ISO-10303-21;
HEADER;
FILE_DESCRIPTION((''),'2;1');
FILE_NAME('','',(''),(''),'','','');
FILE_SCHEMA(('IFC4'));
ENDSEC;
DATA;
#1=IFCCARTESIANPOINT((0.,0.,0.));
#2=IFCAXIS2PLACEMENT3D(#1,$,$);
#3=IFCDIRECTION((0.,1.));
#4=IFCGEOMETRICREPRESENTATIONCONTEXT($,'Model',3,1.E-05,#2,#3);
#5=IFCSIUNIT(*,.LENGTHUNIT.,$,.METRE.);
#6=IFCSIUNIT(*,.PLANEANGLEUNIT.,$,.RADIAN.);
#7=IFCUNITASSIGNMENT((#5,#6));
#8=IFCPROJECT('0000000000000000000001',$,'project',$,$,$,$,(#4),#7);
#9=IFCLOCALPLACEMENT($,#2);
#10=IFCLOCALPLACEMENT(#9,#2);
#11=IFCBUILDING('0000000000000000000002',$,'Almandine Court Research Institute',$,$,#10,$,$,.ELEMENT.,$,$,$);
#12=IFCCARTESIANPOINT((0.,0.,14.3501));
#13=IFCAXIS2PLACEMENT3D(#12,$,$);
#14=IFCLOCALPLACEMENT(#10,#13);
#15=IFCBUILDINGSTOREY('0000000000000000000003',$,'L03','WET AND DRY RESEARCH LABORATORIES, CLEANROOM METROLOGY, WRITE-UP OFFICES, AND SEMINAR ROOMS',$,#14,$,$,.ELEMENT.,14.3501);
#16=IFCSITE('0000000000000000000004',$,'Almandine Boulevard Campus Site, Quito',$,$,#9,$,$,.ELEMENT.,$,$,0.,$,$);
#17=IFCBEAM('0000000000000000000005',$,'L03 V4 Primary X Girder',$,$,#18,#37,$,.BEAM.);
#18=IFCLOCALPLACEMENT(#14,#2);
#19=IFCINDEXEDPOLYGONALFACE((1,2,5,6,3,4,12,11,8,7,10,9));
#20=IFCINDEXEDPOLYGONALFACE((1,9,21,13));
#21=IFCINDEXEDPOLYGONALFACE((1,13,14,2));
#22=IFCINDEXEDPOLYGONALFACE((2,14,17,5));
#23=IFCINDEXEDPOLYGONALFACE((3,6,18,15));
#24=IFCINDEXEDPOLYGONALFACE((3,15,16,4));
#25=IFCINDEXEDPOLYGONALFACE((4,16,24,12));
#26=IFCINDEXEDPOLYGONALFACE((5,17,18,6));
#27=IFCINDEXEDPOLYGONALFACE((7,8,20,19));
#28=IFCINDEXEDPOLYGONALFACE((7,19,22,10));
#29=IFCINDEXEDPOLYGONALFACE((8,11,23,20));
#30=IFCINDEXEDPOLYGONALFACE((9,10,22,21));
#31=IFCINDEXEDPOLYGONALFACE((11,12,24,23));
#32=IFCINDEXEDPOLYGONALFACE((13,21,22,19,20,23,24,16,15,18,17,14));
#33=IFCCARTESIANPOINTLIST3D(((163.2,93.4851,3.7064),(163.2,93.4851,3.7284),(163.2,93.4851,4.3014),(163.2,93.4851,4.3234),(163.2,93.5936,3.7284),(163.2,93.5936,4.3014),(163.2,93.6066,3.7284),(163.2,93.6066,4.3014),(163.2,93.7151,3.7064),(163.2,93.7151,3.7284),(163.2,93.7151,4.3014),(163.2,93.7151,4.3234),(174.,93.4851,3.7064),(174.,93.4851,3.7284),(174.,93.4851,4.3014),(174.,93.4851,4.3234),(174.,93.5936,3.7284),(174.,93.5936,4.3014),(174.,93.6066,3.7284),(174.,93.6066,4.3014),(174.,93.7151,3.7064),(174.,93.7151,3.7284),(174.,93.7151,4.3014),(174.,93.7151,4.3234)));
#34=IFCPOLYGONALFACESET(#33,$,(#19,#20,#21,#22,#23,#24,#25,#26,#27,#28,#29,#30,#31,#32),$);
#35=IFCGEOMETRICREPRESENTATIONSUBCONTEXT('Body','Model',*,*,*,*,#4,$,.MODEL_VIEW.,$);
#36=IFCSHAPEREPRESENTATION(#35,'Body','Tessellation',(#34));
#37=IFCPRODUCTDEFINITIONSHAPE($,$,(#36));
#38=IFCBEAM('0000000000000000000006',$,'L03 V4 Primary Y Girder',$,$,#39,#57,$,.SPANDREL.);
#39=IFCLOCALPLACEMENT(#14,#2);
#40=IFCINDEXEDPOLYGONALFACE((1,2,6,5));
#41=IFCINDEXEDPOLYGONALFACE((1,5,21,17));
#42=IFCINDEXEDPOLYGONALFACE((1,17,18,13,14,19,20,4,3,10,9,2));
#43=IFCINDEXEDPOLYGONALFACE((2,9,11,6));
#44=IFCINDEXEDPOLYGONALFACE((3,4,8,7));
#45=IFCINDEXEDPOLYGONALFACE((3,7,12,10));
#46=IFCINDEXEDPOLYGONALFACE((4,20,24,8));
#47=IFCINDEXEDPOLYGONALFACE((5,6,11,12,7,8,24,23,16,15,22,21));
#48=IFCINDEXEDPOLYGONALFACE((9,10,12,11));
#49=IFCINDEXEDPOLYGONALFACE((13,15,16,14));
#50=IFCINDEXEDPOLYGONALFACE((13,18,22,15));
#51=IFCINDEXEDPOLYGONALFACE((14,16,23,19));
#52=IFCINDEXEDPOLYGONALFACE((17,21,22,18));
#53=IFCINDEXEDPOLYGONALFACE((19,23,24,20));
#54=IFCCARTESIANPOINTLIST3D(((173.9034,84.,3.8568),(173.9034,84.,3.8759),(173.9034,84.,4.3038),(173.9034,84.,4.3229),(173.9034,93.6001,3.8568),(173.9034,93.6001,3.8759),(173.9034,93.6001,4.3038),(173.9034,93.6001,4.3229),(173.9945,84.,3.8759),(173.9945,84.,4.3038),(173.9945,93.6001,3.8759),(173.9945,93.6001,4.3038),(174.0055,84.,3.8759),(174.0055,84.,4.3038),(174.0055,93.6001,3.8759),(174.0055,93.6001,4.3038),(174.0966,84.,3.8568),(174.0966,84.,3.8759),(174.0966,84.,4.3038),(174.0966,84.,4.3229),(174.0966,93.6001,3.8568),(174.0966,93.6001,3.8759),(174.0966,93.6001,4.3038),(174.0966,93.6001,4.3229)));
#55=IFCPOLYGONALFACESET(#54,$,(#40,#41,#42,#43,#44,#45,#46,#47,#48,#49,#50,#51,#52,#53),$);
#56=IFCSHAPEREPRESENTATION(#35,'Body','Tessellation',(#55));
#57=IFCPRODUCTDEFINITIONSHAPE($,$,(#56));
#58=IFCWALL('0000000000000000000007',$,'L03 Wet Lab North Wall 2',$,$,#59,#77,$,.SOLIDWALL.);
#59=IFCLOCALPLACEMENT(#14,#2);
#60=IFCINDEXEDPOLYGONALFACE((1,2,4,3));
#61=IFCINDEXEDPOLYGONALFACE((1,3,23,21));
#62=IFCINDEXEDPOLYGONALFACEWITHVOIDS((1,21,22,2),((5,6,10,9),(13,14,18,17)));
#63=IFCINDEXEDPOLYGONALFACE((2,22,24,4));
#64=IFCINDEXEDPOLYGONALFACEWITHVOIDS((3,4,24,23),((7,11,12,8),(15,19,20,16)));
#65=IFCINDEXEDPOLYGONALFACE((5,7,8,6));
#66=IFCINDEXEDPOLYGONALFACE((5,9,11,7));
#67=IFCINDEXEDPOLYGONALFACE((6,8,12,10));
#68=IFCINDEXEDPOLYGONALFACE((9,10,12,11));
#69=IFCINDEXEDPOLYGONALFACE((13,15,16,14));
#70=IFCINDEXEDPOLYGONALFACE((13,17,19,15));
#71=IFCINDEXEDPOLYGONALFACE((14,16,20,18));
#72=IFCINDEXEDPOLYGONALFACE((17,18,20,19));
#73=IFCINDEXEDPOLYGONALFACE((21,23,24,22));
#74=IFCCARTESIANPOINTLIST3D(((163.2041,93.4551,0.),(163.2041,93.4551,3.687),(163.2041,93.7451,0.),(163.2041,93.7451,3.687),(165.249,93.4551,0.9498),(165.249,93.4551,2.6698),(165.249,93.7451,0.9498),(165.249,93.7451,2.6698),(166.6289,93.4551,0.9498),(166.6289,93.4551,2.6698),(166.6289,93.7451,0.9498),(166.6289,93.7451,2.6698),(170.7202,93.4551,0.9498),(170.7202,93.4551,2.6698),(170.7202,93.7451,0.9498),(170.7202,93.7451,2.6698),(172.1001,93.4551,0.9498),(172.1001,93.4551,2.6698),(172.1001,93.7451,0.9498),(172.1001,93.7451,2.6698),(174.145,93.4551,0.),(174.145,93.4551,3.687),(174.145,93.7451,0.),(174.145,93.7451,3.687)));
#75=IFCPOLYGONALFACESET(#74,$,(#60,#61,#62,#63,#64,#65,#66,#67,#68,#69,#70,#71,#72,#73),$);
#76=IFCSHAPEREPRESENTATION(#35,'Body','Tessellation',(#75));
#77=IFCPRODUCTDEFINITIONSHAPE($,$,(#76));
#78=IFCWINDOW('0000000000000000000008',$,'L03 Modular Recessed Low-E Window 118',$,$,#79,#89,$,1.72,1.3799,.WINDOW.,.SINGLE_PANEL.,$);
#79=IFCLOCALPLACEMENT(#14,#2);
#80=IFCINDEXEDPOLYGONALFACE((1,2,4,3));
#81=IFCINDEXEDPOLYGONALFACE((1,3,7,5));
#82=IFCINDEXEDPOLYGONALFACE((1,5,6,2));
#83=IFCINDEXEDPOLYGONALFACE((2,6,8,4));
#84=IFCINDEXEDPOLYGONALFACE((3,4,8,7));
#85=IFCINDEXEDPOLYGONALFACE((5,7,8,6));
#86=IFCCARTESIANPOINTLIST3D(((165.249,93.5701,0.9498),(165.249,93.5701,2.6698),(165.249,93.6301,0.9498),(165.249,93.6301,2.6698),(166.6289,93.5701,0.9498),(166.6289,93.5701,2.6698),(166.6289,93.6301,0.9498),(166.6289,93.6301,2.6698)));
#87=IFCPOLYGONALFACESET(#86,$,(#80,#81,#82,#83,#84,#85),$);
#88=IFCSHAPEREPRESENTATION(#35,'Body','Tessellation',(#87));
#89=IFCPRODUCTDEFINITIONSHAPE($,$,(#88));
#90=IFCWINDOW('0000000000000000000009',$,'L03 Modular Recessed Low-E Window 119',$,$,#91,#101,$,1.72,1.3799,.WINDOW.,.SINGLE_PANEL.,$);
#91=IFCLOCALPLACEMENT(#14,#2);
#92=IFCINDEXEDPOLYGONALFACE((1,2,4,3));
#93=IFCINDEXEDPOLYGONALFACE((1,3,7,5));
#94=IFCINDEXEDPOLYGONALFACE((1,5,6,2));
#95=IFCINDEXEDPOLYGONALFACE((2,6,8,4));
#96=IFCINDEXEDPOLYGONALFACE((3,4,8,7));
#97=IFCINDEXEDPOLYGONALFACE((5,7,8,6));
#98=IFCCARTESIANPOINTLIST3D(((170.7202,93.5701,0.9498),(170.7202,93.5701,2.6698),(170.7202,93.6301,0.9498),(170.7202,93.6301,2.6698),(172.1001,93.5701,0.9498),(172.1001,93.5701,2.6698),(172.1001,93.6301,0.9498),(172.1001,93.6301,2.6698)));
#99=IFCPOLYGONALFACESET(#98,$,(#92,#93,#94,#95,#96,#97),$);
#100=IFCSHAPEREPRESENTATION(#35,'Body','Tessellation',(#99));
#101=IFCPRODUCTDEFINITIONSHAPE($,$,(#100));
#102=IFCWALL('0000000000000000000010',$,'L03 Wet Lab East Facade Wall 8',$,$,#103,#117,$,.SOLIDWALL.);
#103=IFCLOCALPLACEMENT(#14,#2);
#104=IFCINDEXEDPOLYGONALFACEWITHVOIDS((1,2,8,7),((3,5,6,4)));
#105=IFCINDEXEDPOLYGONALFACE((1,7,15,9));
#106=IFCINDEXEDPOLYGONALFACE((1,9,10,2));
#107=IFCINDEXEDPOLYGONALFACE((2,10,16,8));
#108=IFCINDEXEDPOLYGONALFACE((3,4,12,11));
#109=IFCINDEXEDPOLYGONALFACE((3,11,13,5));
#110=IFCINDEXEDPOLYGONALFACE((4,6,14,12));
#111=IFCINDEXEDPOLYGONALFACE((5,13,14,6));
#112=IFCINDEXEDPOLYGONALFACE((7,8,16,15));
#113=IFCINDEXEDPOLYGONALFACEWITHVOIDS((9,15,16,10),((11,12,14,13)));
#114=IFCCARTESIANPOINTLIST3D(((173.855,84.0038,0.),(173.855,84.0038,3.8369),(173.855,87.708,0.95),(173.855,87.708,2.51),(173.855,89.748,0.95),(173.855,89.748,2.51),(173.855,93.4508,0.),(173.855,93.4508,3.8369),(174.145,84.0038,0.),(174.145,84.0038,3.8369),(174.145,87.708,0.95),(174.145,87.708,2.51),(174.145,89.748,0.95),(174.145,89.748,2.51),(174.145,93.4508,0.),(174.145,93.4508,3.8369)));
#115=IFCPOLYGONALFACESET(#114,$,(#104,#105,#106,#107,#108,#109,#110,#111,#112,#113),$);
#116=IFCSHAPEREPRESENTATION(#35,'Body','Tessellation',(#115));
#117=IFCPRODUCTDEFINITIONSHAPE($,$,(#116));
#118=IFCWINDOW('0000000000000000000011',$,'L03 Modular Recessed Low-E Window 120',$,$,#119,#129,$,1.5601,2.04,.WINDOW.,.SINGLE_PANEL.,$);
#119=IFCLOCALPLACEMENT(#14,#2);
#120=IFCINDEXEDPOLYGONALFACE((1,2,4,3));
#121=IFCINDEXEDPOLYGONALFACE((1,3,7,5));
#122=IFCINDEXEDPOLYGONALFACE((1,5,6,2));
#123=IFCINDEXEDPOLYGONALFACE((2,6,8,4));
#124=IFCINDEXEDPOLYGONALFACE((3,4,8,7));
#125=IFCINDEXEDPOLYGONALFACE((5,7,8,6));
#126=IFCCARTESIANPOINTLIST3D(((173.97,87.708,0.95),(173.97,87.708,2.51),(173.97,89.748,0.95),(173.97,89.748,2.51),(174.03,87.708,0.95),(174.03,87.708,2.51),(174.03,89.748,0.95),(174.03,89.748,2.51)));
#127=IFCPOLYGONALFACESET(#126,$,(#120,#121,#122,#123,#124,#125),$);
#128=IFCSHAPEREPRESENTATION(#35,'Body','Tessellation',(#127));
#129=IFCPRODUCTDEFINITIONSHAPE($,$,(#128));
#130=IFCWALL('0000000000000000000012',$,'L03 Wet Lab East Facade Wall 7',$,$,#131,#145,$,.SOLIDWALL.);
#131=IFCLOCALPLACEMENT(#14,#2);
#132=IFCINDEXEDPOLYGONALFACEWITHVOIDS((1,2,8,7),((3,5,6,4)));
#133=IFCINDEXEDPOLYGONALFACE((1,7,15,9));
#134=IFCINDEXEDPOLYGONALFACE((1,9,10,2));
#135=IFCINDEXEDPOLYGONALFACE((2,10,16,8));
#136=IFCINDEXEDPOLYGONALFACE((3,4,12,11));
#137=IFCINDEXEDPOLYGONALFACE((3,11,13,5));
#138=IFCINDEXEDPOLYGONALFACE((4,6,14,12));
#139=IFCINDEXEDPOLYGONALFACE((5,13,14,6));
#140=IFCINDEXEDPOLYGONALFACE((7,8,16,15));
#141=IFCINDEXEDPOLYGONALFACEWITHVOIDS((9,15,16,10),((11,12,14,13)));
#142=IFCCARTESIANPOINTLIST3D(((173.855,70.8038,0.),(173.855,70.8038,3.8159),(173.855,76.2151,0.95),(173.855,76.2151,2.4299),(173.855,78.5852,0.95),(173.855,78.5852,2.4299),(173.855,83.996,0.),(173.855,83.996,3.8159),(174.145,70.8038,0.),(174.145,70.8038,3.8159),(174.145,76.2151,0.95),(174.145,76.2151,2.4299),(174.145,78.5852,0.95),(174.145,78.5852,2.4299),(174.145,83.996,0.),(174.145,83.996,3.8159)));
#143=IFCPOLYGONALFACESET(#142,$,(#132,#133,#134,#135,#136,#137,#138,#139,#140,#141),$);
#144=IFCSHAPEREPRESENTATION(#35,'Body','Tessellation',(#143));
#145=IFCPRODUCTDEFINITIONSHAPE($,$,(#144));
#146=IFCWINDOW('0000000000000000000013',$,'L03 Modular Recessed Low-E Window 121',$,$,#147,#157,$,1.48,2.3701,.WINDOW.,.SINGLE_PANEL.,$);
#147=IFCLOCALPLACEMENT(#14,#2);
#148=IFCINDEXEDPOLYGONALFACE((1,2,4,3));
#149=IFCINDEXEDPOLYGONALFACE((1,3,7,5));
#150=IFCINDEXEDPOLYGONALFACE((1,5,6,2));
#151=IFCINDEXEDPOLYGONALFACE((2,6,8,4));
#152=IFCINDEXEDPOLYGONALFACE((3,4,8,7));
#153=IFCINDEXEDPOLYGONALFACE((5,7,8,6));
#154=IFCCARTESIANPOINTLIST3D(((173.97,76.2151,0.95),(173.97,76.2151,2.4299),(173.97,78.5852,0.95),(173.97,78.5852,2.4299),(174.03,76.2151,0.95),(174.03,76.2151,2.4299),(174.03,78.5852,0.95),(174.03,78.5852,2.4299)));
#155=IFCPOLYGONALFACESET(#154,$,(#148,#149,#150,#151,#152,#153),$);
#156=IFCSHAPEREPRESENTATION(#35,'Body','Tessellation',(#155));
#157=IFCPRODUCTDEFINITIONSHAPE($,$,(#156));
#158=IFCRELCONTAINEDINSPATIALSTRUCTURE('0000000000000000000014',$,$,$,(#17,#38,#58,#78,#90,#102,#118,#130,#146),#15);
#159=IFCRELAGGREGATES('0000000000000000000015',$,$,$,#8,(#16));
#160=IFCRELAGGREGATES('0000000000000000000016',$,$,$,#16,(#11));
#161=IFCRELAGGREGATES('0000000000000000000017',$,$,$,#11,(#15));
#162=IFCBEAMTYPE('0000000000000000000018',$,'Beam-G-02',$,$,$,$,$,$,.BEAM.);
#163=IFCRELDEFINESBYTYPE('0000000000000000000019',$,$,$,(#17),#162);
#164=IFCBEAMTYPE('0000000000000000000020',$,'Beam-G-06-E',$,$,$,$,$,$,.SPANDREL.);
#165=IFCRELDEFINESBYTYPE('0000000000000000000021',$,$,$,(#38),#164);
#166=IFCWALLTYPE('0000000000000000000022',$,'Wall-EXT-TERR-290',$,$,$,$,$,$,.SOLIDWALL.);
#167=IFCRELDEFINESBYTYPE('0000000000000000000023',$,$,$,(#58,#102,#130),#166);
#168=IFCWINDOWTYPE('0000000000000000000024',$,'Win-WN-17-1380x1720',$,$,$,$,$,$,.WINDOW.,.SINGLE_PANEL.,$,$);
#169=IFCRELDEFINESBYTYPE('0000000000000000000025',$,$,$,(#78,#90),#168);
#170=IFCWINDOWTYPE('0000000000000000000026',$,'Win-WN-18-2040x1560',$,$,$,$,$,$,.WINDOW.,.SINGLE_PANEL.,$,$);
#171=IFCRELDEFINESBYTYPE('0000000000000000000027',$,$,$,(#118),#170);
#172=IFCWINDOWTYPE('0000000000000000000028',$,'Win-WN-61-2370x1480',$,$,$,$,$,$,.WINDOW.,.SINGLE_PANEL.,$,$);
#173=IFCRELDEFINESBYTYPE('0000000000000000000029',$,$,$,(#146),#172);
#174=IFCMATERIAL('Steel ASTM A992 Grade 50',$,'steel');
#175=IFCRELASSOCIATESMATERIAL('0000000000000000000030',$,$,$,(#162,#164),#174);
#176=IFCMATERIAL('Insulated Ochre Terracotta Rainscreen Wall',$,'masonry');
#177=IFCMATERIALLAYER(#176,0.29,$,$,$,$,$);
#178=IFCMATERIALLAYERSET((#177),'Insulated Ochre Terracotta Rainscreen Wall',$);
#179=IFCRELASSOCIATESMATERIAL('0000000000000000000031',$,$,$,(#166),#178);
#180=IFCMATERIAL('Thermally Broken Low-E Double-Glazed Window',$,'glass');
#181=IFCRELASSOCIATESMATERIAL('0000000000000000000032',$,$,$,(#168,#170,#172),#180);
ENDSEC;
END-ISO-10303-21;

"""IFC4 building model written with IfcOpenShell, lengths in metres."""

from ifc_helpers import new_model, si_unit, direction, frame, frame_2d, origin, origin_2d, place, context, subcontext, project, spatial, rectangle, i_section, extrude, material, layer, layer_set, material_profile, profile_set, type_object, element, fill, save


model = new_model("IFC4")

# Units and contexts
model_context = context("Model", 3, precision=1e-05, world=origin(), true_north=direction((0.0, 1.0)))
body_context = subcontext(model_context, "Body", "Model", "MODEL_VIEW")
ifc_project = project(units=[si_unit("LENGTHUNIT", "METRE"), si_unit("PLANEANGLEUNIT", "RADIAN")], contexts=[model_context])

# Site, building, storey
site_placement = place(None, origin())
site = spatial("IfcSite", under=ifc_project, at=site_placement, Name="Almandine Boulevard Campus Site, Quito", CompositionType="ELEMENT", RefElevation=0.0)
building_placement = place(site_placement, origin())
building = spatial("IfcBuilding", under=site, at=building_placement, Name="Almandine Court Research Institute", CompositionType="ELEMENT")
storey_placement = place(building_placement, frame((0.0, 0.0, 14.3501)))
storey = spatial("IfcBuildingStorey", under=building, at=storey_placement, Name="L03", Description="WET AND DRY RESEARCH LABORATORIES, CLEANROOM METROLOGY, WRITE-UP OFFICES, AND SEMINAR ROOMS", CompositionType="ELEMENT", Elevation=14.3501)

# Shared definitions
ifc_material_1 = material(Name="Steel ASTM A992 Grade 50", Category="steel")

# Beams
ifc_material_profile_1 = material_profile(ifc_material_1, i_section(OverallWidth=0.23, OverallDepth=0.6169, WebThickness=0.0129, FlangeThickness=0.022, at=origin_2d()), Name="W610x140")
ifc_profile_set_1 = profile_set([ifc_material_profile_1], Name="Steel ASTM A992 Grade 50")
beam_type_1 = type_object("IfcBeamType", Name="Beam-G-02", PredefinedType="BEAM", material=ifc_profile_set_1)
for number, where, z_axis, x_axis, name in (
    (1, (163.2, 93.6001, 4.0149), (1.0, 0.0, 0.0), (0.0, 1.0, 0.0), "L03 V4 Primary X Girder"),
):
    element("IfcBeam", number, at=place(storey_placement, frame(where, z_axis=z_axis, x_axis=x_axis)), inside=storey, type_object=beam_type_1, Name=name, PredefinedType="BEAM", context=body_context, shape_type="SweptSolid", body=[
        extrude(i_section(OverallWidth=0.23, OverallDepth=0.6169, WebThickness=0.0129, FlangeThickness=0.022, at=origin_2d()), origin(), (0.0, 0.0, 1.0), 10.8),
    ])
ifc_material_profile_2 = material_profile(ifc_material_1, i_section(OverallWidth=0.1931, OverallDepth=0.4661, WebThickness=0.011, FlangeThickness=0.019, at=origin_2d()), Name="W460x97")
ifc_profile_set_2 = profile_set([ifc_material_profile_2], Name="Steel ASTM A992 Grade 50")
beam_type_2 = type_object("IfcBeamType", Name="Beam-G-06-E", PredefinedType="SPANDREL", material=ifc_profile_set_2)
beam_1_placement = place(storey_placement, frame((174.0, 84.0, 4.0898), z_axis=(0.0, 1.0, 0.0), x_axis=(-1.0, 0.0, 0.0)))
element("IfcBeam", 2, at=beam_1_placement, inside=storey, type_object=beam_type_2, Name="L03 V4 Primary Y Girder", PredefinedType="SPANDREL", context=body_context, shape_type="SweptSolid", body=[
    extrude(i_section(OverallWidth=0.1931, OverallDepth=0.4661, WebThickness=0.011, FlangeThickness=0.019, at=origin_2d()), origin(), (0.0, 0.0, 1.0), 9.6001),
])

# Wall, openings, windows
ifc_material_2 = material(Name="Insulated Ochre Terracotta Rainscreen Wall", Category="masonry")
ifc_layer_1 = layer(ifc_material_2, 0.29)
ifc_layer_set_1 = layer_set([ifc_layer_1], Name="Insulated Ochre Terracotta Rainscreen Wall")
wall_type_1 = type_object("IfcWallType", Name="Wall-EXT-TERR-290", PredefinedType="SOLIDWALL", material=ifc_layer_set_1)
wall_1_placement = place(storey_placement, frame((163.2041, 93.6001, 0.0), z_axis=(0.0, 0.0, 1.0), x_axis=(1.0, 0.0, 0.0)))
wall_1 = element("IfcWall", 3, at=wall_1_placement, inside=storey, type_object=wall_type_1, Name="L03 Wet Lab North Wall 2", PredefinedType="SOLIDWALL", context=body_context, shape_type="SweptSolid", body=[
    extrude(rectangle(XDim=10.9409, YDim=0.29, at=frame_2d((5.4705, 0.0))), origin(), (0.0, 0.0, 1.0), 3.687),
])
opening_1_placement = place(wall_1_placement, frame((2.0449, 0.0, 0.95)))
opening_1 = element("IfcOpeningElement", 4, at=opening_1_placement, cuts=wall_1, PredefinedType="OPENING", context=body_context, shape_type="SweptSolid", body=[
    extrude(rectangle(XDim=1.3799, YDim=1.72, at=frame_2d((0.6899, 0.8599))), frame((0.0, 0.155, 0.0), z_axis=(0.0, -1.0, 0.0), x_axis=(1.0, 0.0, 0.0)), (0.0, 0.0, 1.0), 0.3101),
])
opening_2_placement = place(wall_1_placement, frame((7.5161, 0.0, 0.95)))
opening_2 = element("IfcOpeningElement", 5, at=opening_2_placement, cuts=wall_1, PredefinedType="OPENING", context=body_context, shape_type="SweptSolid", body=[
    extrude(rectangle(XDim=1.3799, YDim=1.72, at=frame_2d((0.6899, 0.8599))), frame((0.0, 0.155, 0.0), z_axis=(0.0, -1.0, 0.0), x_axis=(1.0, 0.0, 0.0)), (0.0, 0.0, 1.0), 0.3101),
])
ifc_material_3 = material(Name="Thermally Broken Low-E Double-Glazed Window", Category="glass")
window_type_1 = type_object("IfcWindowType", Name="Win-WN-17-1380x1720", PartitioningType="SINGLE_PANEL", PredefinedType="WINDOW", material=ifc_material_3)
window_1_placement = place(opening_1_placement, origin())
window_1 = element("IfcWindow", 6, at=window_1_placement, inside=storey, type_object=window_type_1, Name="L03 Modular Recessed Low-E Window 118", OverallHeight=1.72, OverallWidth=1.3799, PartitioningType="SINGLE_PANEL", PredefinedType="WINDOW", context=body_context, shape_type="SweptSolid", body=[
    extrude(rectangle(XDim=1.3799, YDim=1.72, at=frame_2d((0.6899, 0.8599))), frame((0.0, 0.03, 0.0), z_axis=(0.0, -1.0, 0.0), x_axis=(1.0, 0.0, 0.0)), (0.0, 0.0, 1.0), 0.0601),
])
fill(opening_1, window_1)
window_2_placement = place(opening_2_placement, origin())
window_2 = element("IfcWindow", 7, at=window_2_placement, inside=storey, type_object=window_type_1, Name="L03 Modular Recessed Low-E Window 119", OverallHeight=1.72, OverallWidth=1.3799, PartitioningType="SINGLE_PANEL", PredefinedType="WINDOW", context=body_context, shape_type="SweptSolid", body=[
    extrude(rectangle(XDim=1.3799, YDim=1.72, at=frame_2d((0.6899, 0.8599))), frame((0.0, 0.03, 0.0), z_axis=(0.0, -1.0, 0.0), x_axis=(1.0, 0.0, 0.0)), (0.0, 0.0, 1.0), 0.0601),
])
fill(opening_2, window_2)

# Walls, openings, windows
wall_2_placement = place(storey_placement, frame((174.0, 93.4509, 0.0), z_axis=(0.0, 0.0, 1.0), x_axis=(0.0, -1.0, 0.0)))
wall_2 = element("IfcWall", 8, at=wall_2_placement, inside=storey, type_object=wall_type_1, Name="L03 Wet Lab East Facade Wall 8", PredefinedType="SOLIDWALL", context=body_context, shape_type="SweptSolid", body=[
    extrude(rectangle(XDim=9.447, YDim=0.29, at=frame_2d((4.7236, 0.0))), origin(), (0.0, 0.0, 1.0), 3.8369),
])
opening_3_placement = place(wall_2_placement, frame((3.7029, 0.0, 0.95)))
opening_3 = element("IfcOpeningElement", 9, at=opening_3_placement, cuts=wall_2, PredefinedType="OPENING", context=body_context, shape_type="SweptSolid", body=[
    extrude(rectangle(XDim=2.04, YDim=1.5601, at=frame_2d((1.02, 0.78))), frame((0.0, 0.155, 0.0), z_axis=(0.0, -1.0, 0.0), x_axis=(1.0, 0.0, 0.0)), (0.0, 0.0, 1.0), 0.3101),
])
window_type_2 = type_object("IfcWindowType", Name="Win-WN-18-2040x1560", PartitioningType="SINGLE_PANEL", PredefinedType="WINDOW", material=ifc_material_3)
window_3_placement = place(opening_3_placement, origin())
window_3 = element("IfcWindow", 10, at=window_3_placement, inside=storey, type_object=window_type_2, Name="L03 Modular Recessed Low-E Window 120", OverallHeight=1.5601, OverallWidth=2.04, PartitioningType="SINGLE_PANEL", PredefinedType="WINDOW", context=body_context, shape_type="SweptSolid", body=[
    extrude(rectangle(XDim=2.04, YDim=1.5601, at=frame_2d((1.02, 0.78))), frame((0.0, 0.03, 0.0), z_axis=(0.0, -1.0, 0.0), x_axis=(1.0, 0.0, 0.0)), (0.0, 0.0, 1.0), 0.0601),
])
fill(opening_3, window_3)
wall_3_placement = place(storey_placement, frame((174.0, 83.9961, 0.0), z_axis=(0.0, 0.0, 1.0), x_axis=(0.0, -1.0, 0.0)))
wall_3 = element("IfcWall", 11, at=wall_3_placement, inside=storey, type_object=wall_type_1, Name="L03 Wet Lab East Facade Wall 7", PredefinedType="SOLIDWALL", context=body_context, shape_type="SweptSolid", body=[
    extrude(rectangle(XDim=13.1921, YDim=0.29, at=frame_2d((6.5962, 0.0))), origin(), (0.0, 0.0, 1.0), 3.8159),
])
opening_4_placement = place(wall_3_placement, frame((5.4109, 0.0, 0.95)))
opening_4 = element("IfcOpeningElement", 12, at=opening_4_placement, cuts=wall_3, PredefinedType="OPENING", context=body_context, shape_type="SweptSolid", body=[
    extrude(rectangle(XDim=2.3701, YDim=1.48, at=frame_2d((1.1851, 0.74))), frame((0.0, 0.155, 0.0), z_axis=(0.0, -1.0, 0.0), x_axis=(1.0, 0.0, 0.0)), (0.0, 0.0, 1.0), 0.3101),
])
window_type_3 = type_object("IfcWindowType", Name="Win-WN-61-2370x1480", PartitioningType="SINGLE_PANEL", PredefinedType="WINDOW", material=ifc_material_3)
window_4_placement = place(opening_4_placement, origin())
window_4 = element("IfcWindow", 13, at=window_4_placement, inside=storey, type_object=window_type_3, Name="L03 Modular Recessed Low-E Window 121", OverallHeight=1.48, OverallWidth=2.3701, PartitioningType="SINGLE_PANEL", PredefinedType="WINDOW", context=body_context, shape_type="SweptSolid", body=[
    extrude(rectangle(XDim=2.3701, YDim=1.48, at=frame_2d((1.1851, 0.74))), frame((0.0, 0.03, 0.0), z_axis=(0.0, -1.0, 0.0), x_axis=(1.0, 0.0, 0.0)), (0.0, 0.0, 1.0), 0.0601),
])
fill(opening_4, window_4)

save(model, "model.ifc")
